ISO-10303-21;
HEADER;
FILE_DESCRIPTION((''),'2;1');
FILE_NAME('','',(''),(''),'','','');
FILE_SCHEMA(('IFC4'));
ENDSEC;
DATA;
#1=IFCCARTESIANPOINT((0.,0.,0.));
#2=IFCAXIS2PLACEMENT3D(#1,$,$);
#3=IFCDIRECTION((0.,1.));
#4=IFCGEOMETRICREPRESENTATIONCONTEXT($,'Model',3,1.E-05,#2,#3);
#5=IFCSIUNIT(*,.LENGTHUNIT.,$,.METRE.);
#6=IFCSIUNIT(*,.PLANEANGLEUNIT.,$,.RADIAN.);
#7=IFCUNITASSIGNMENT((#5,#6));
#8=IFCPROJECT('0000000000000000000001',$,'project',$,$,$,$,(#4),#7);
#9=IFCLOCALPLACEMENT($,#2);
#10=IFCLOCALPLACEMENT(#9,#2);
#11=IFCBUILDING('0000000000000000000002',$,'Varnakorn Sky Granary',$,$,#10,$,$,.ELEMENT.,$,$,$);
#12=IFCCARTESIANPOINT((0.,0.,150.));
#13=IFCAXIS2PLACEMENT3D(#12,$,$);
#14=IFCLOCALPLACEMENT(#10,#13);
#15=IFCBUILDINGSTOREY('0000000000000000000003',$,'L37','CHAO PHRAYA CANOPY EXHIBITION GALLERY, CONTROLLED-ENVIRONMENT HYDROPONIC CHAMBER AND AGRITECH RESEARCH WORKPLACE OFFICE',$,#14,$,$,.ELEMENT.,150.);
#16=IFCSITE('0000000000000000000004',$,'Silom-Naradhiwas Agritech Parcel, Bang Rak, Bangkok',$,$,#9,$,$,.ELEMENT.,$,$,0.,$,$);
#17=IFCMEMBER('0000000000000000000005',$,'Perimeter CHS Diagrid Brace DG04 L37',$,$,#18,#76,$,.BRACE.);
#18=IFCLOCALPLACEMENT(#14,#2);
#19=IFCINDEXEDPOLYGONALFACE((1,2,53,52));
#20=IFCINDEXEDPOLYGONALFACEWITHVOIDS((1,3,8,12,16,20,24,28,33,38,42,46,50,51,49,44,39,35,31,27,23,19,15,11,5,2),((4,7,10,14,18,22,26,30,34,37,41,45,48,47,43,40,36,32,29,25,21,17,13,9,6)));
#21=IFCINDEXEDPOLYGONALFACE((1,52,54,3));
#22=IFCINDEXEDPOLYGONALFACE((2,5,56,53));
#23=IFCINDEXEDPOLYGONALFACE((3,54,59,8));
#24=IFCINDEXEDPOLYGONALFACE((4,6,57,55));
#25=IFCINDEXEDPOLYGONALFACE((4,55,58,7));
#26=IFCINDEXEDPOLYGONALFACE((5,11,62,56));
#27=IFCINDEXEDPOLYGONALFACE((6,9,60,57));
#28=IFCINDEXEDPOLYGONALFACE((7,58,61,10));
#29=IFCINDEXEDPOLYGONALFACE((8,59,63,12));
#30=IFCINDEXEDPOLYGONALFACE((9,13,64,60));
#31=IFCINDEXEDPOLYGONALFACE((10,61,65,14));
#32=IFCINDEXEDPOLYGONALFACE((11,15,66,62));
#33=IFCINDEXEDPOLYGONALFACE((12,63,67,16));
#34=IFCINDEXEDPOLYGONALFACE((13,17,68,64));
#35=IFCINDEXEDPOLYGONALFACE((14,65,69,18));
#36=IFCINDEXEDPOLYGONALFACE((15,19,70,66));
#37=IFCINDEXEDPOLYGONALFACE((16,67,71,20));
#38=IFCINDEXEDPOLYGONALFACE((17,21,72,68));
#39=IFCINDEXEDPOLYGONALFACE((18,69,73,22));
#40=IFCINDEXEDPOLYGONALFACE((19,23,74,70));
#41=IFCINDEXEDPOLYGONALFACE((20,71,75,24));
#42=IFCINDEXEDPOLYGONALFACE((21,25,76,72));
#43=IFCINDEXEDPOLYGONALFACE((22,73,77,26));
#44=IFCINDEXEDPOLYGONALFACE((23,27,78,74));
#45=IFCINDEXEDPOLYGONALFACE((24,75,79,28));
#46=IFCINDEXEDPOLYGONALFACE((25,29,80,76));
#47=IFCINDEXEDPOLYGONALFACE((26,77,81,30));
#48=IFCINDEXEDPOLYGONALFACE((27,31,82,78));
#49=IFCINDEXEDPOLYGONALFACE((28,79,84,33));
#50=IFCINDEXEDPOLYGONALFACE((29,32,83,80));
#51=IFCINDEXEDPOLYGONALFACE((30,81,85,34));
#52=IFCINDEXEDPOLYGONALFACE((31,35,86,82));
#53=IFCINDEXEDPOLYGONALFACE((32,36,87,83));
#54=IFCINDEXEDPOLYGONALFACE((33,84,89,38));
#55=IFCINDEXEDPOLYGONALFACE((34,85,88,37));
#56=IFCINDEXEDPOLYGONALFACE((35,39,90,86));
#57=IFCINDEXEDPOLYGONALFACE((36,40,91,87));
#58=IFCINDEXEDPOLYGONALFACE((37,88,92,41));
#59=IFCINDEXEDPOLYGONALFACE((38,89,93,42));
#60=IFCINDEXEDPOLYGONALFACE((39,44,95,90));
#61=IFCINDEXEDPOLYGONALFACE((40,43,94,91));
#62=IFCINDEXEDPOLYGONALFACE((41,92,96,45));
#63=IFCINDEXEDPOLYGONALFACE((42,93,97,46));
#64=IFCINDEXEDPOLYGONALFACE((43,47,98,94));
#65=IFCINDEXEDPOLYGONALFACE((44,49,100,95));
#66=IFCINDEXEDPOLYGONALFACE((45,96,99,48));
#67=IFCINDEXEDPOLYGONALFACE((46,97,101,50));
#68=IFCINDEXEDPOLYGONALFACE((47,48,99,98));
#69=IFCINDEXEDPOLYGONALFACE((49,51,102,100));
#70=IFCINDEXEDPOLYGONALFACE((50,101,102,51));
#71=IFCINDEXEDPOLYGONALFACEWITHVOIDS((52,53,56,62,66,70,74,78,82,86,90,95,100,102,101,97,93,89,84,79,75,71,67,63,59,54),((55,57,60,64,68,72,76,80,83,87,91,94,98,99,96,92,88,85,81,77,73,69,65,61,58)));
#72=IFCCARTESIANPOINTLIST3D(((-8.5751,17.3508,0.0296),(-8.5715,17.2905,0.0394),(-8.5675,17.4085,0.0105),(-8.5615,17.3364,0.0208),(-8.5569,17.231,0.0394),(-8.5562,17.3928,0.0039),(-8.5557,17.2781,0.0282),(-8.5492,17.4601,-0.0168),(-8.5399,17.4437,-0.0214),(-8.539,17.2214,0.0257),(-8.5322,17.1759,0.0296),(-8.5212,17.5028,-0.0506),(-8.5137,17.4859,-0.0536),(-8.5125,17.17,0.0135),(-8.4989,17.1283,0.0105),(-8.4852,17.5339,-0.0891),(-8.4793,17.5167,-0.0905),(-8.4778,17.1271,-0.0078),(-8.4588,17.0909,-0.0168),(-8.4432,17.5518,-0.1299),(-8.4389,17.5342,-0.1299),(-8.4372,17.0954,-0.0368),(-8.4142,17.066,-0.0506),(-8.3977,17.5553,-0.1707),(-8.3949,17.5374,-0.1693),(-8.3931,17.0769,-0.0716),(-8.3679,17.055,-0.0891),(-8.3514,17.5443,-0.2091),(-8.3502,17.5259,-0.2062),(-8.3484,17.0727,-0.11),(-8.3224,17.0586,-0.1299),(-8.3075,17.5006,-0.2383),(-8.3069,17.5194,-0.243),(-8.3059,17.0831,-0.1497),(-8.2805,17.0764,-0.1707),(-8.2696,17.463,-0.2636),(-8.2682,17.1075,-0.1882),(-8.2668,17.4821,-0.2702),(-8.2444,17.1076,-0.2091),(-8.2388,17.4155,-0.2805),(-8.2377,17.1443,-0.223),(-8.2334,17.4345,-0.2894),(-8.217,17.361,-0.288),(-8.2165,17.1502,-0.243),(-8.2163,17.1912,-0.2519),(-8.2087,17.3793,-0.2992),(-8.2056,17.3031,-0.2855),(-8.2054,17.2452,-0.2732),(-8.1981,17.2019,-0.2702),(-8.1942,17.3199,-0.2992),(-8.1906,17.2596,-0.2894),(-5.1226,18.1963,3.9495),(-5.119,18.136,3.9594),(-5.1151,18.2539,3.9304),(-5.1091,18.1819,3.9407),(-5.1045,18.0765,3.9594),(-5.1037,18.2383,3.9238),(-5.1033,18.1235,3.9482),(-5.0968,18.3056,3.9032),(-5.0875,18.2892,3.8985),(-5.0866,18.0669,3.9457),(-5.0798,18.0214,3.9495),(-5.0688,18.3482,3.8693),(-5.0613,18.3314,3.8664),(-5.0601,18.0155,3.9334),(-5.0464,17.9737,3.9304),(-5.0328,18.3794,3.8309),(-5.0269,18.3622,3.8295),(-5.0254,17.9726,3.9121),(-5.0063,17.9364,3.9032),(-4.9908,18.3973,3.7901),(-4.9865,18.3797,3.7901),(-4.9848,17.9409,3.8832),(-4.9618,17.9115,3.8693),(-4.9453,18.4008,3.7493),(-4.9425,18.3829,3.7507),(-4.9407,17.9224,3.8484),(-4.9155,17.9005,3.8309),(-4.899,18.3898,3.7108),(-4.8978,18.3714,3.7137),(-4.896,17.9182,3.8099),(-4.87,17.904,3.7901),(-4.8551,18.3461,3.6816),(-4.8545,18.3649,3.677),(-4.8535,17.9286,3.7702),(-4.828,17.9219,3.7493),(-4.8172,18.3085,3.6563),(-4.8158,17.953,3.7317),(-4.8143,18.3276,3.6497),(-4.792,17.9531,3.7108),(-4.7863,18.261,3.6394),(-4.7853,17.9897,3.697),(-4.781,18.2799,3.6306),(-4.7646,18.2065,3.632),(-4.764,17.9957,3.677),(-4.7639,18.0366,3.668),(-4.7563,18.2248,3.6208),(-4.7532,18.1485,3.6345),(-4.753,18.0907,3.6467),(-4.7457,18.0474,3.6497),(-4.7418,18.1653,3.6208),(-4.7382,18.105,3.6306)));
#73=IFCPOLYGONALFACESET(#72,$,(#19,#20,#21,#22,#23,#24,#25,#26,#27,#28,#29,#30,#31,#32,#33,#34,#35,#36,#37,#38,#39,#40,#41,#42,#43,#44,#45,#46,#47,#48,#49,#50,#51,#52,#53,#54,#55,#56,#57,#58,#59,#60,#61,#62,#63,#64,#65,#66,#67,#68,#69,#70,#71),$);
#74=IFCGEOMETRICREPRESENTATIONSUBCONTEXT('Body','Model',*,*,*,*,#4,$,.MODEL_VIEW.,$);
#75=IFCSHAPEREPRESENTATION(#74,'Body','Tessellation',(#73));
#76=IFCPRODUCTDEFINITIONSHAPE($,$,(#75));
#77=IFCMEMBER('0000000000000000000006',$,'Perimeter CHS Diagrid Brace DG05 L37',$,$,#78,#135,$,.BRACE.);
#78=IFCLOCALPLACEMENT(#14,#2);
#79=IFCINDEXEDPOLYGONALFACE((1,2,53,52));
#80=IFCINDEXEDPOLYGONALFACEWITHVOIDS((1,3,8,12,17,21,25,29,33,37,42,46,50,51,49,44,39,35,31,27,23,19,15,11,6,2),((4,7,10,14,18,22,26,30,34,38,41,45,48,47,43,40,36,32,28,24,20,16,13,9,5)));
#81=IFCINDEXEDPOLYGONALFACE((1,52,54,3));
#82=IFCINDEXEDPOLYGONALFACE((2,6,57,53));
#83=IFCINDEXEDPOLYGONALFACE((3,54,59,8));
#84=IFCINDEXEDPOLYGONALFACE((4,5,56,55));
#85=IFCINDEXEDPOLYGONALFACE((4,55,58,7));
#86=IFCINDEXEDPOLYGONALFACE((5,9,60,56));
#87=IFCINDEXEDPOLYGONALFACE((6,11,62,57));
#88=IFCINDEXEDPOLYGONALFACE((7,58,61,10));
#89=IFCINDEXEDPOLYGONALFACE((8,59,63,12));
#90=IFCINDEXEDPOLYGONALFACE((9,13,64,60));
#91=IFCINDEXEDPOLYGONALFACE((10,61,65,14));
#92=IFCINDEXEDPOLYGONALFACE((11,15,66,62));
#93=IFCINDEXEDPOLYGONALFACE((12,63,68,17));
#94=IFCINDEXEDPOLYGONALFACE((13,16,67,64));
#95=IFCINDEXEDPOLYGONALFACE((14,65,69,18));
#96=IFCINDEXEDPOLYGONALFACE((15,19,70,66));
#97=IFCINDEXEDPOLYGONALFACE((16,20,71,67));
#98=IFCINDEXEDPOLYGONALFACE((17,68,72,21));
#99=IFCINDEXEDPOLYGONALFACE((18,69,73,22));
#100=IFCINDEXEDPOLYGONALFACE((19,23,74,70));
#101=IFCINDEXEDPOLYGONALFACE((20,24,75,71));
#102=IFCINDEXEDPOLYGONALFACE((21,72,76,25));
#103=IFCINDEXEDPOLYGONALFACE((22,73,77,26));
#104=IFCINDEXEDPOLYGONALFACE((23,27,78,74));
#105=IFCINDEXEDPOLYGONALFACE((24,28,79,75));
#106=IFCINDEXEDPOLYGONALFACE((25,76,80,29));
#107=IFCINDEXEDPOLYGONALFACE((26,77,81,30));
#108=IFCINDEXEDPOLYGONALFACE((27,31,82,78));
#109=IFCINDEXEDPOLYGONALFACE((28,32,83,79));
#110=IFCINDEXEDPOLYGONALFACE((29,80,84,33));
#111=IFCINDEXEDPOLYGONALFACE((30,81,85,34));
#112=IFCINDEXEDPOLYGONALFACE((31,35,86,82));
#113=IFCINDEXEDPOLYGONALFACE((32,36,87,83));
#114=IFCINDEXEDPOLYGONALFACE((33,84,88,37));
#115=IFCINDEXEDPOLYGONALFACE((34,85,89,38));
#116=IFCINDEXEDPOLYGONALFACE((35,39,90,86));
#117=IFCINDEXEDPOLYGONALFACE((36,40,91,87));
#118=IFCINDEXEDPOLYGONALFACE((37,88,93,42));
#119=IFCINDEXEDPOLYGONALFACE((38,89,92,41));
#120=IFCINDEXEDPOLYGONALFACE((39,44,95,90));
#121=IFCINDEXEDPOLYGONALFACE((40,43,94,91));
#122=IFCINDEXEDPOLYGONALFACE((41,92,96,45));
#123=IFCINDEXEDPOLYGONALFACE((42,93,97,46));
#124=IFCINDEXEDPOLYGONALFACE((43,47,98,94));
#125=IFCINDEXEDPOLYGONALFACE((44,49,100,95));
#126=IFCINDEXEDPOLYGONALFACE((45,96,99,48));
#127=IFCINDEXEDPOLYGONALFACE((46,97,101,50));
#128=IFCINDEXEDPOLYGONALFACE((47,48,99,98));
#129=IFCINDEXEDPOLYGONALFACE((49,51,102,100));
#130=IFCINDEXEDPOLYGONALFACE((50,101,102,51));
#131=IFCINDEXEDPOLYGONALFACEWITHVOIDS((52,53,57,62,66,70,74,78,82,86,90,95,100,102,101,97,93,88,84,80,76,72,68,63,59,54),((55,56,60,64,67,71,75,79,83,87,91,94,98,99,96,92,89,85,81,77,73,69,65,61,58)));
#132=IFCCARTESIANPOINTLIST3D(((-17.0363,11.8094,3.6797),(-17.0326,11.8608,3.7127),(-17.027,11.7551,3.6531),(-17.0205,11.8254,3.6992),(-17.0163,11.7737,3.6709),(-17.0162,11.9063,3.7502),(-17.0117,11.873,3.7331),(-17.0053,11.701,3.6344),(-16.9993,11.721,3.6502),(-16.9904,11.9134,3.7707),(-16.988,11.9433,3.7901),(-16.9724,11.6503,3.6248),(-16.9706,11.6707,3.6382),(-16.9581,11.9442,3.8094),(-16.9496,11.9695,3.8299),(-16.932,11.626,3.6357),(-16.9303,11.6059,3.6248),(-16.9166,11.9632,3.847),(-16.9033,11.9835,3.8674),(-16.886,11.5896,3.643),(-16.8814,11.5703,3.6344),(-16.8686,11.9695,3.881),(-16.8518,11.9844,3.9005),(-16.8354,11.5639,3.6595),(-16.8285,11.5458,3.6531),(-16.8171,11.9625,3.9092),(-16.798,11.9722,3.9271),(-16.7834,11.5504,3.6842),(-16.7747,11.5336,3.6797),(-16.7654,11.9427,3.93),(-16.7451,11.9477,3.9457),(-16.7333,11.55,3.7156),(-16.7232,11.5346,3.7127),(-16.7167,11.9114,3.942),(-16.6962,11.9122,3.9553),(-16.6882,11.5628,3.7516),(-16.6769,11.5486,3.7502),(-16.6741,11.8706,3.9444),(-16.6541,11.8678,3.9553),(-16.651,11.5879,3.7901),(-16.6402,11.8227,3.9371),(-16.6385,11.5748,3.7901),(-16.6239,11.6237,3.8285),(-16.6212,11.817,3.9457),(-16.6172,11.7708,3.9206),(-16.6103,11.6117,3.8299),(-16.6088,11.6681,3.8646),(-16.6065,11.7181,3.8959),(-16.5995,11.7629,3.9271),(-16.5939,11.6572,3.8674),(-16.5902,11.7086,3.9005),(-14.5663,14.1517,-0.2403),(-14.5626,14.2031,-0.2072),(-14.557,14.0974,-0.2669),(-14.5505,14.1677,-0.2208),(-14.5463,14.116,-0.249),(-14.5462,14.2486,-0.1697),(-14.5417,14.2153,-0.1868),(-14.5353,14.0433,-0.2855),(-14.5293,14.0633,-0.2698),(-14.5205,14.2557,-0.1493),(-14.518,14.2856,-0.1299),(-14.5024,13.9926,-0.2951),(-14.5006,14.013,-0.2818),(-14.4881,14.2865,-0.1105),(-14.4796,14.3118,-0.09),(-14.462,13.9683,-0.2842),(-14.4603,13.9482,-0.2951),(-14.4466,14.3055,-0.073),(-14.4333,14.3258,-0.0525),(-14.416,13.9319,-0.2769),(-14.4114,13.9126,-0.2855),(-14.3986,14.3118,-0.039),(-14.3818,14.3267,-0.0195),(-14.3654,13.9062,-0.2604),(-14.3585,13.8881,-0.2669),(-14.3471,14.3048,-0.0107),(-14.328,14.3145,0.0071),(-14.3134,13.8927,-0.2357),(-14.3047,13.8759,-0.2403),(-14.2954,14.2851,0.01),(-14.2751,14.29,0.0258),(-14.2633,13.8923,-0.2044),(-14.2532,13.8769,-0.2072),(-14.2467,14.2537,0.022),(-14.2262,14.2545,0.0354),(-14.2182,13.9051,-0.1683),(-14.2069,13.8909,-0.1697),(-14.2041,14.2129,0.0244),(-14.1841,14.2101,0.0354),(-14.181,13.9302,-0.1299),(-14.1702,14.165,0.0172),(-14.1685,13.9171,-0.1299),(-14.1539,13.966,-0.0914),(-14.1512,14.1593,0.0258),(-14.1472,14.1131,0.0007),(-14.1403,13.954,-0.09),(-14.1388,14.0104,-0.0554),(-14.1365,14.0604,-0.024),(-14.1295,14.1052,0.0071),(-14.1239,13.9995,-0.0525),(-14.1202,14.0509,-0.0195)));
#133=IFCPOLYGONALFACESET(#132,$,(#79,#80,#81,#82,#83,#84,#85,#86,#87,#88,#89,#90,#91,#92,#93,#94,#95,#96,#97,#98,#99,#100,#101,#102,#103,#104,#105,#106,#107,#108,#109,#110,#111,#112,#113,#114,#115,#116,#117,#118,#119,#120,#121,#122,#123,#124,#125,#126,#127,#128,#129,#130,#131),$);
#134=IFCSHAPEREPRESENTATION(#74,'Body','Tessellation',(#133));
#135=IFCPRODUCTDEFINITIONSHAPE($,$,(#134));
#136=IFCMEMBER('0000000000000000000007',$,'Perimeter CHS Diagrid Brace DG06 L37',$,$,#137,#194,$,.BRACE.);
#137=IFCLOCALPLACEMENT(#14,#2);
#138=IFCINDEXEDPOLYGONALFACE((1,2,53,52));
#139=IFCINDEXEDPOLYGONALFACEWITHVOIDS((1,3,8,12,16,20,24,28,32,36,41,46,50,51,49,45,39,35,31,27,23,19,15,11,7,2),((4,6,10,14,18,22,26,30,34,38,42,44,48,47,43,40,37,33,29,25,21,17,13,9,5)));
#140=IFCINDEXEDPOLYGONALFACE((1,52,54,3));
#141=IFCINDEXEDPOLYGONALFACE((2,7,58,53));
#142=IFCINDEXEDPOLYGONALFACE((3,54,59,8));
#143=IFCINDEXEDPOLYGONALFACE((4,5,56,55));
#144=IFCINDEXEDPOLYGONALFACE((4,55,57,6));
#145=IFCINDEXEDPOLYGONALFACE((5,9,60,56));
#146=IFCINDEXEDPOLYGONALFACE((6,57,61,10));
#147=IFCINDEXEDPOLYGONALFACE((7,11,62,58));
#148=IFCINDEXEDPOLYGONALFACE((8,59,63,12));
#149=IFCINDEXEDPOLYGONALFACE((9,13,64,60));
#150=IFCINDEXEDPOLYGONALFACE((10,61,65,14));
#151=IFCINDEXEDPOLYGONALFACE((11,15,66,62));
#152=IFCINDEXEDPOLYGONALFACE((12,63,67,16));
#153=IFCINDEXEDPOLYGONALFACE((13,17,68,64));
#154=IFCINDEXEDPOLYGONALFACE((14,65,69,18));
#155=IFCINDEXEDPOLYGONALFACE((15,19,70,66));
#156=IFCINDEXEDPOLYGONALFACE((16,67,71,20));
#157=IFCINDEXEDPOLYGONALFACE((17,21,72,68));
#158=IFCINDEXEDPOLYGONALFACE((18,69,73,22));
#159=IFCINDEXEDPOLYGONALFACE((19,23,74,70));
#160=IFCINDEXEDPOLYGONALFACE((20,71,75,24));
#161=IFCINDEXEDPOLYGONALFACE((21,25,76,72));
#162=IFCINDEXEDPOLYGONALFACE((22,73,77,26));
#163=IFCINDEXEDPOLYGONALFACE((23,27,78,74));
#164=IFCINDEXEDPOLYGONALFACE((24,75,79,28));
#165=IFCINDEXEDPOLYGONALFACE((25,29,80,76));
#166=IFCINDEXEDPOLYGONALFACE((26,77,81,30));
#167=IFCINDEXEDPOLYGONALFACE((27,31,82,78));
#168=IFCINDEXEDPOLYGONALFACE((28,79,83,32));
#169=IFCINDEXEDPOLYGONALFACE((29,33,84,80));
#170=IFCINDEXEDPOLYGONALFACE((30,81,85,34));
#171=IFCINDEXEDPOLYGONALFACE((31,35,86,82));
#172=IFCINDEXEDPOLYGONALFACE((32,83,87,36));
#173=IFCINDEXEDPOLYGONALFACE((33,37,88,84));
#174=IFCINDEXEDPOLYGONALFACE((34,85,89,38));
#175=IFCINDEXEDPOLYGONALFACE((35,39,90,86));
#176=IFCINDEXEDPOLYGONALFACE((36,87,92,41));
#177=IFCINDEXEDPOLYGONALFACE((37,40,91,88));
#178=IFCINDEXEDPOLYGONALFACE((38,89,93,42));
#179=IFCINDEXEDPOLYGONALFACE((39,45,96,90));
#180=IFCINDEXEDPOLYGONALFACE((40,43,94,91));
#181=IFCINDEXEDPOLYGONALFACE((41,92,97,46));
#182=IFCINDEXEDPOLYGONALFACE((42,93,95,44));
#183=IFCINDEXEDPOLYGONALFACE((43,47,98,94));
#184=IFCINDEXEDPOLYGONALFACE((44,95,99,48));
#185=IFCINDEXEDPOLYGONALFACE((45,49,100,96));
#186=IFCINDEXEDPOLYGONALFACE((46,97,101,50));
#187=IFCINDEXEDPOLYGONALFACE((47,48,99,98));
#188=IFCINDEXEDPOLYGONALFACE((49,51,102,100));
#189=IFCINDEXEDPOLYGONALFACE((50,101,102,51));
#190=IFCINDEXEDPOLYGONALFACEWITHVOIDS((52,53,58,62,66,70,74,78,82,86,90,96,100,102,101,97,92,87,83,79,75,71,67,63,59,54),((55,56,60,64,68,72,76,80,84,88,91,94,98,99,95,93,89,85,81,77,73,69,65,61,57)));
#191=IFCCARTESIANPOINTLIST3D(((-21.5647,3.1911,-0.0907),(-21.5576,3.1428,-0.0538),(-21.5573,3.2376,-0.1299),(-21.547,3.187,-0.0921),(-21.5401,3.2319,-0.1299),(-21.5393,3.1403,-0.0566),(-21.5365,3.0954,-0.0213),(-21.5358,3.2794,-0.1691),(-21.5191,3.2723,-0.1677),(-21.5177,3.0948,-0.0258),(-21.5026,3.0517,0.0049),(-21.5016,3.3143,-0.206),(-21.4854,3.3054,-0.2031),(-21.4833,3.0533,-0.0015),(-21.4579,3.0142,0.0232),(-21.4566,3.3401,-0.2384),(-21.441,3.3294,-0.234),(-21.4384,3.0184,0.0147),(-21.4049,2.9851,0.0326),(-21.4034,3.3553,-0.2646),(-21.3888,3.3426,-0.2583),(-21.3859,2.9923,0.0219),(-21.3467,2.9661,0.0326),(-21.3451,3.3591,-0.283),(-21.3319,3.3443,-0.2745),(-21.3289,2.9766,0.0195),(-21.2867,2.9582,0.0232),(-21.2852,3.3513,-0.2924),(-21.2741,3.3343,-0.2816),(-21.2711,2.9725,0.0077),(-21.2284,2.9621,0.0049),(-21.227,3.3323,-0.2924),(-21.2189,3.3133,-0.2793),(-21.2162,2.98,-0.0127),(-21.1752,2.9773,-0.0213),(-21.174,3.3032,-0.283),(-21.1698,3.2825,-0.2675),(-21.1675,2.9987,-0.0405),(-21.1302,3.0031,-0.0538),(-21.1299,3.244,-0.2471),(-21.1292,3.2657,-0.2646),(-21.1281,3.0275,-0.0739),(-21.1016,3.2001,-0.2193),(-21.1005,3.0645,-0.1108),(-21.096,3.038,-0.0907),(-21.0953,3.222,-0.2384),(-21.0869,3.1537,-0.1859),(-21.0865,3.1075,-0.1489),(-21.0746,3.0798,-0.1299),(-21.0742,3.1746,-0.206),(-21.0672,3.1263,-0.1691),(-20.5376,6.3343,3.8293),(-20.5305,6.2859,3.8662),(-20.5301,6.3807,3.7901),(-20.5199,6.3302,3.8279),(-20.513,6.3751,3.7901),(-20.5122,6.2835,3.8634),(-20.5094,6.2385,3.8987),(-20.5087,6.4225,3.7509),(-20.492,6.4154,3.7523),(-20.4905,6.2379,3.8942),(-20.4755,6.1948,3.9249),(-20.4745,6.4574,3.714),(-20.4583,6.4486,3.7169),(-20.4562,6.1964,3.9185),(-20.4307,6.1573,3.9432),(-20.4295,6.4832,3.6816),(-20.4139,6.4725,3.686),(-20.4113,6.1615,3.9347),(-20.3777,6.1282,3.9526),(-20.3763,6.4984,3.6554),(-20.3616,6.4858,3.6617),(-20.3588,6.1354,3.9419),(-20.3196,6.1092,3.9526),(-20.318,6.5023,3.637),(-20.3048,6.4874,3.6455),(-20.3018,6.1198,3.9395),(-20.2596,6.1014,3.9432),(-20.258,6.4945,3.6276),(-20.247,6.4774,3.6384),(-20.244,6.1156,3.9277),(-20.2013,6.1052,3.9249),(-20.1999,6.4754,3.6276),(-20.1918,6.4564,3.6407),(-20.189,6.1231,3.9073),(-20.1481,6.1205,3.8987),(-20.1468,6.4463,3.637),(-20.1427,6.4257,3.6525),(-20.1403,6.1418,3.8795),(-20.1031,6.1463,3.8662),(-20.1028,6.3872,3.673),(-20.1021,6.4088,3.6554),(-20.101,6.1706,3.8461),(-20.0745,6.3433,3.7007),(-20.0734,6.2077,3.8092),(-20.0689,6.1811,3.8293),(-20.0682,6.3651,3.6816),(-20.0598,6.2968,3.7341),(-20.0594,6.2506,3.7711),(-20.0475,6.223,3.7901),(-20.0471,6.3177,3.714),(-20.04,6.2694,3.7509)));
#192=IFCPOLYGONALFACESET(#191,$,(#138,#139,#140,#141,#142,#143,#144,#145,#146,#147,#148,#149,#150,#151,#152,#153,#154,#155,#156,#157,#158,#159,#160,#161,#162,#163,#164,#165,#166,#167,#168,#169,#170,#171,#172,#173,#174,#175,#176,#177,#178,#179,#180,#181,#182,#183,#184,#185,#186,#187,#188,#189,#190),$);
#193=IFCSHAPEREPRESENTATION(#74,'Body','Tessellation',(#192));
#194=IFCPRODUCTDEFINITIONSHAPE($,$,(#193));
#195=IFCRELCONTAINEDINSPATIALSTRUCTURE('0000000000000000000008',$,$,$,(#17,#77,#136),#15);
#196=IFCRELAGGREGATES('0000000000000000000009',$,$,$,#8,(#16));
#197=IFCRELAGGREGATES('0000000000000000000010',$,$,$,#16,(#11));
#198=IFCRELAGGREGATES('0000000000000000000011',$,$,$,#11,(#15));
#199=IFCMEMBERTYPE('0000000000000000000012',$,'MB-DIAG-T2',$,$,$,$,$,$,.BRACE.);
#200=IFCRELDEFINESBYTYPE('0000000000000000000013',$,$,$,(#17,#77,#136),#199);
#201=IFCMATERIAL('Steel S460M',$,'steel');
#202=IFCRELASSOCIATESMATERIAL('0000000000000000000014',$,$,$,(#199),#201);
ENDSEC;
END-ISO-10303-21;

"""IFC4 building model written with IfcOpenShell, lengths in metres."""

from ifc_helpers import new_model, si_unit, direction, frame, origin, origin_2d, place, context, subcontext, project, spatial, hollow_circle, extrude, material, material_profile, profile_set, type_object, element, save


model = new_model("IFC4")

# Units and contexts
model_context = context("Model", 3, precision=1e-05, world=origin(), true_north=direction((0.0, 1.0)))
body_context = subcontext(model_context, "Body", "Model", "MODEL_VIEW")
ifc_project = project(units=[si_unit("LENGTHUNIT", "METRE"), si_unit("PLANEANGLEUNIT", "RADIAN")], contexts=[model_context])

# Site, building, storey
site_placement = place(None, origin())
site = spatial("IfcSite", under=ifc_project, at=site_placement, Name="Silom-Naradhiwas Agritech Parcel, Bang Rak, Bangkok", CompositionType="ELEMENT", RefElevation=0.0)
building_placement = place(site_placement, origin())
building = spatial("IfcBuilding", under=site, at=building_placement, Name="Varnakorn Sky Granary", CompositionType="ELEMENT")
storey_placement = place(building_placement, frame((0.0, 0.0, 150.0)))
storey = spatial("IfcBuildingStorey", under=building, at=storey_placement, Name="L37", Description="CHAO PHRAYA CANOPY EXHIBITION GALLERY, CONTROLLED-ENVIRONMENT HYDROPONIC CHAMBER AND AGRITECH RESEARCH WORKPLACE OFFICE", CompositionType="ELEMENT", Elevation=150.0)

# Shared definitions
ifc_material_1 = material(Name="Steel S460M", Category="steel")

# Members
ifc_material_profile_1 = material_profile(ifc_material_1, hollow_circle(Radius=0.2539, WallThickness=0.0181, at=origin_2d()), Name="CHS 508x18")
ifc_profile_set_1 = profile_set([ifc_material_profile_1], Name="Steel S460M")
member_type_1 = type_object("IfcMemberType", Name="MB-DIAG-T2", PredefinedType="BRACE", material=ifc_profile_set_1)
member_1_placement = place(storey_placement, frame((-8.3828, 17.3052, -0.1299), z_axis=(0.652445, 0.159778, 0.740801), x_axis=(-0.237862, 0.971299, 0.0)))
element("IfcMember", 1, at=member_1_placement, inside=storey, type_object=member_type_1, Name="Perimeter CHS Diagrid Brace DG04 L37", PredefinedType="BRACE", context=body_context, shape_type="SweptSolid", body=[
    extrude(hollow_circle(Radius=0.2539, WallThickness=0.0181, at=origin_2d()), origin(), (0.0, 0.0, 1.0), 5.2915),
])
member_2_placement = place(storey_placement, frame((-14.3433, 14.1013, -0.1299), z_axis=(-0.475762, -0.451167, 0.755049), x_axis=(0.688103, -0.725613, 0.0)))
element("IfcMember", 2, at=member_2_placement, inside=storey, type_object=member_type_1, Name="Perimeter CHS Diagrid Brace DG05 L37", PredefinedType="BRACE", context=body_context, shape_type="SweptSolid", body=[
    extrude(hollow_circle(Radius=0.2539, WallThickness=0.0181, at=origin_2d()), origin(), (0.0, 0.0, 1.0), 5.1917),
])
member_3_placement = place(storey_placement, frame((-21.3159, 3.1587, -0.1299), z_axis=(0.20028, 0.612885, 0.764369), x_axis=(-0.950535, 0.310618, 0.0)))
element("IfcMember", 3, at=member_3_placement, inside=storey, type_object=member_type_1, Name="Perimeter CHS Diagrid Brace DG06 L37", PredefinedType="BRACE", context=body_context, shape_type="SweptSolid", body=[
    extrude(hollow_circle(Radius=0.2539, WallThickness=0.0181, at=origin_2d()), origin(), (0.0, 0.0, 1.0), 5.1284),
])

save(model, "model.ifc")
